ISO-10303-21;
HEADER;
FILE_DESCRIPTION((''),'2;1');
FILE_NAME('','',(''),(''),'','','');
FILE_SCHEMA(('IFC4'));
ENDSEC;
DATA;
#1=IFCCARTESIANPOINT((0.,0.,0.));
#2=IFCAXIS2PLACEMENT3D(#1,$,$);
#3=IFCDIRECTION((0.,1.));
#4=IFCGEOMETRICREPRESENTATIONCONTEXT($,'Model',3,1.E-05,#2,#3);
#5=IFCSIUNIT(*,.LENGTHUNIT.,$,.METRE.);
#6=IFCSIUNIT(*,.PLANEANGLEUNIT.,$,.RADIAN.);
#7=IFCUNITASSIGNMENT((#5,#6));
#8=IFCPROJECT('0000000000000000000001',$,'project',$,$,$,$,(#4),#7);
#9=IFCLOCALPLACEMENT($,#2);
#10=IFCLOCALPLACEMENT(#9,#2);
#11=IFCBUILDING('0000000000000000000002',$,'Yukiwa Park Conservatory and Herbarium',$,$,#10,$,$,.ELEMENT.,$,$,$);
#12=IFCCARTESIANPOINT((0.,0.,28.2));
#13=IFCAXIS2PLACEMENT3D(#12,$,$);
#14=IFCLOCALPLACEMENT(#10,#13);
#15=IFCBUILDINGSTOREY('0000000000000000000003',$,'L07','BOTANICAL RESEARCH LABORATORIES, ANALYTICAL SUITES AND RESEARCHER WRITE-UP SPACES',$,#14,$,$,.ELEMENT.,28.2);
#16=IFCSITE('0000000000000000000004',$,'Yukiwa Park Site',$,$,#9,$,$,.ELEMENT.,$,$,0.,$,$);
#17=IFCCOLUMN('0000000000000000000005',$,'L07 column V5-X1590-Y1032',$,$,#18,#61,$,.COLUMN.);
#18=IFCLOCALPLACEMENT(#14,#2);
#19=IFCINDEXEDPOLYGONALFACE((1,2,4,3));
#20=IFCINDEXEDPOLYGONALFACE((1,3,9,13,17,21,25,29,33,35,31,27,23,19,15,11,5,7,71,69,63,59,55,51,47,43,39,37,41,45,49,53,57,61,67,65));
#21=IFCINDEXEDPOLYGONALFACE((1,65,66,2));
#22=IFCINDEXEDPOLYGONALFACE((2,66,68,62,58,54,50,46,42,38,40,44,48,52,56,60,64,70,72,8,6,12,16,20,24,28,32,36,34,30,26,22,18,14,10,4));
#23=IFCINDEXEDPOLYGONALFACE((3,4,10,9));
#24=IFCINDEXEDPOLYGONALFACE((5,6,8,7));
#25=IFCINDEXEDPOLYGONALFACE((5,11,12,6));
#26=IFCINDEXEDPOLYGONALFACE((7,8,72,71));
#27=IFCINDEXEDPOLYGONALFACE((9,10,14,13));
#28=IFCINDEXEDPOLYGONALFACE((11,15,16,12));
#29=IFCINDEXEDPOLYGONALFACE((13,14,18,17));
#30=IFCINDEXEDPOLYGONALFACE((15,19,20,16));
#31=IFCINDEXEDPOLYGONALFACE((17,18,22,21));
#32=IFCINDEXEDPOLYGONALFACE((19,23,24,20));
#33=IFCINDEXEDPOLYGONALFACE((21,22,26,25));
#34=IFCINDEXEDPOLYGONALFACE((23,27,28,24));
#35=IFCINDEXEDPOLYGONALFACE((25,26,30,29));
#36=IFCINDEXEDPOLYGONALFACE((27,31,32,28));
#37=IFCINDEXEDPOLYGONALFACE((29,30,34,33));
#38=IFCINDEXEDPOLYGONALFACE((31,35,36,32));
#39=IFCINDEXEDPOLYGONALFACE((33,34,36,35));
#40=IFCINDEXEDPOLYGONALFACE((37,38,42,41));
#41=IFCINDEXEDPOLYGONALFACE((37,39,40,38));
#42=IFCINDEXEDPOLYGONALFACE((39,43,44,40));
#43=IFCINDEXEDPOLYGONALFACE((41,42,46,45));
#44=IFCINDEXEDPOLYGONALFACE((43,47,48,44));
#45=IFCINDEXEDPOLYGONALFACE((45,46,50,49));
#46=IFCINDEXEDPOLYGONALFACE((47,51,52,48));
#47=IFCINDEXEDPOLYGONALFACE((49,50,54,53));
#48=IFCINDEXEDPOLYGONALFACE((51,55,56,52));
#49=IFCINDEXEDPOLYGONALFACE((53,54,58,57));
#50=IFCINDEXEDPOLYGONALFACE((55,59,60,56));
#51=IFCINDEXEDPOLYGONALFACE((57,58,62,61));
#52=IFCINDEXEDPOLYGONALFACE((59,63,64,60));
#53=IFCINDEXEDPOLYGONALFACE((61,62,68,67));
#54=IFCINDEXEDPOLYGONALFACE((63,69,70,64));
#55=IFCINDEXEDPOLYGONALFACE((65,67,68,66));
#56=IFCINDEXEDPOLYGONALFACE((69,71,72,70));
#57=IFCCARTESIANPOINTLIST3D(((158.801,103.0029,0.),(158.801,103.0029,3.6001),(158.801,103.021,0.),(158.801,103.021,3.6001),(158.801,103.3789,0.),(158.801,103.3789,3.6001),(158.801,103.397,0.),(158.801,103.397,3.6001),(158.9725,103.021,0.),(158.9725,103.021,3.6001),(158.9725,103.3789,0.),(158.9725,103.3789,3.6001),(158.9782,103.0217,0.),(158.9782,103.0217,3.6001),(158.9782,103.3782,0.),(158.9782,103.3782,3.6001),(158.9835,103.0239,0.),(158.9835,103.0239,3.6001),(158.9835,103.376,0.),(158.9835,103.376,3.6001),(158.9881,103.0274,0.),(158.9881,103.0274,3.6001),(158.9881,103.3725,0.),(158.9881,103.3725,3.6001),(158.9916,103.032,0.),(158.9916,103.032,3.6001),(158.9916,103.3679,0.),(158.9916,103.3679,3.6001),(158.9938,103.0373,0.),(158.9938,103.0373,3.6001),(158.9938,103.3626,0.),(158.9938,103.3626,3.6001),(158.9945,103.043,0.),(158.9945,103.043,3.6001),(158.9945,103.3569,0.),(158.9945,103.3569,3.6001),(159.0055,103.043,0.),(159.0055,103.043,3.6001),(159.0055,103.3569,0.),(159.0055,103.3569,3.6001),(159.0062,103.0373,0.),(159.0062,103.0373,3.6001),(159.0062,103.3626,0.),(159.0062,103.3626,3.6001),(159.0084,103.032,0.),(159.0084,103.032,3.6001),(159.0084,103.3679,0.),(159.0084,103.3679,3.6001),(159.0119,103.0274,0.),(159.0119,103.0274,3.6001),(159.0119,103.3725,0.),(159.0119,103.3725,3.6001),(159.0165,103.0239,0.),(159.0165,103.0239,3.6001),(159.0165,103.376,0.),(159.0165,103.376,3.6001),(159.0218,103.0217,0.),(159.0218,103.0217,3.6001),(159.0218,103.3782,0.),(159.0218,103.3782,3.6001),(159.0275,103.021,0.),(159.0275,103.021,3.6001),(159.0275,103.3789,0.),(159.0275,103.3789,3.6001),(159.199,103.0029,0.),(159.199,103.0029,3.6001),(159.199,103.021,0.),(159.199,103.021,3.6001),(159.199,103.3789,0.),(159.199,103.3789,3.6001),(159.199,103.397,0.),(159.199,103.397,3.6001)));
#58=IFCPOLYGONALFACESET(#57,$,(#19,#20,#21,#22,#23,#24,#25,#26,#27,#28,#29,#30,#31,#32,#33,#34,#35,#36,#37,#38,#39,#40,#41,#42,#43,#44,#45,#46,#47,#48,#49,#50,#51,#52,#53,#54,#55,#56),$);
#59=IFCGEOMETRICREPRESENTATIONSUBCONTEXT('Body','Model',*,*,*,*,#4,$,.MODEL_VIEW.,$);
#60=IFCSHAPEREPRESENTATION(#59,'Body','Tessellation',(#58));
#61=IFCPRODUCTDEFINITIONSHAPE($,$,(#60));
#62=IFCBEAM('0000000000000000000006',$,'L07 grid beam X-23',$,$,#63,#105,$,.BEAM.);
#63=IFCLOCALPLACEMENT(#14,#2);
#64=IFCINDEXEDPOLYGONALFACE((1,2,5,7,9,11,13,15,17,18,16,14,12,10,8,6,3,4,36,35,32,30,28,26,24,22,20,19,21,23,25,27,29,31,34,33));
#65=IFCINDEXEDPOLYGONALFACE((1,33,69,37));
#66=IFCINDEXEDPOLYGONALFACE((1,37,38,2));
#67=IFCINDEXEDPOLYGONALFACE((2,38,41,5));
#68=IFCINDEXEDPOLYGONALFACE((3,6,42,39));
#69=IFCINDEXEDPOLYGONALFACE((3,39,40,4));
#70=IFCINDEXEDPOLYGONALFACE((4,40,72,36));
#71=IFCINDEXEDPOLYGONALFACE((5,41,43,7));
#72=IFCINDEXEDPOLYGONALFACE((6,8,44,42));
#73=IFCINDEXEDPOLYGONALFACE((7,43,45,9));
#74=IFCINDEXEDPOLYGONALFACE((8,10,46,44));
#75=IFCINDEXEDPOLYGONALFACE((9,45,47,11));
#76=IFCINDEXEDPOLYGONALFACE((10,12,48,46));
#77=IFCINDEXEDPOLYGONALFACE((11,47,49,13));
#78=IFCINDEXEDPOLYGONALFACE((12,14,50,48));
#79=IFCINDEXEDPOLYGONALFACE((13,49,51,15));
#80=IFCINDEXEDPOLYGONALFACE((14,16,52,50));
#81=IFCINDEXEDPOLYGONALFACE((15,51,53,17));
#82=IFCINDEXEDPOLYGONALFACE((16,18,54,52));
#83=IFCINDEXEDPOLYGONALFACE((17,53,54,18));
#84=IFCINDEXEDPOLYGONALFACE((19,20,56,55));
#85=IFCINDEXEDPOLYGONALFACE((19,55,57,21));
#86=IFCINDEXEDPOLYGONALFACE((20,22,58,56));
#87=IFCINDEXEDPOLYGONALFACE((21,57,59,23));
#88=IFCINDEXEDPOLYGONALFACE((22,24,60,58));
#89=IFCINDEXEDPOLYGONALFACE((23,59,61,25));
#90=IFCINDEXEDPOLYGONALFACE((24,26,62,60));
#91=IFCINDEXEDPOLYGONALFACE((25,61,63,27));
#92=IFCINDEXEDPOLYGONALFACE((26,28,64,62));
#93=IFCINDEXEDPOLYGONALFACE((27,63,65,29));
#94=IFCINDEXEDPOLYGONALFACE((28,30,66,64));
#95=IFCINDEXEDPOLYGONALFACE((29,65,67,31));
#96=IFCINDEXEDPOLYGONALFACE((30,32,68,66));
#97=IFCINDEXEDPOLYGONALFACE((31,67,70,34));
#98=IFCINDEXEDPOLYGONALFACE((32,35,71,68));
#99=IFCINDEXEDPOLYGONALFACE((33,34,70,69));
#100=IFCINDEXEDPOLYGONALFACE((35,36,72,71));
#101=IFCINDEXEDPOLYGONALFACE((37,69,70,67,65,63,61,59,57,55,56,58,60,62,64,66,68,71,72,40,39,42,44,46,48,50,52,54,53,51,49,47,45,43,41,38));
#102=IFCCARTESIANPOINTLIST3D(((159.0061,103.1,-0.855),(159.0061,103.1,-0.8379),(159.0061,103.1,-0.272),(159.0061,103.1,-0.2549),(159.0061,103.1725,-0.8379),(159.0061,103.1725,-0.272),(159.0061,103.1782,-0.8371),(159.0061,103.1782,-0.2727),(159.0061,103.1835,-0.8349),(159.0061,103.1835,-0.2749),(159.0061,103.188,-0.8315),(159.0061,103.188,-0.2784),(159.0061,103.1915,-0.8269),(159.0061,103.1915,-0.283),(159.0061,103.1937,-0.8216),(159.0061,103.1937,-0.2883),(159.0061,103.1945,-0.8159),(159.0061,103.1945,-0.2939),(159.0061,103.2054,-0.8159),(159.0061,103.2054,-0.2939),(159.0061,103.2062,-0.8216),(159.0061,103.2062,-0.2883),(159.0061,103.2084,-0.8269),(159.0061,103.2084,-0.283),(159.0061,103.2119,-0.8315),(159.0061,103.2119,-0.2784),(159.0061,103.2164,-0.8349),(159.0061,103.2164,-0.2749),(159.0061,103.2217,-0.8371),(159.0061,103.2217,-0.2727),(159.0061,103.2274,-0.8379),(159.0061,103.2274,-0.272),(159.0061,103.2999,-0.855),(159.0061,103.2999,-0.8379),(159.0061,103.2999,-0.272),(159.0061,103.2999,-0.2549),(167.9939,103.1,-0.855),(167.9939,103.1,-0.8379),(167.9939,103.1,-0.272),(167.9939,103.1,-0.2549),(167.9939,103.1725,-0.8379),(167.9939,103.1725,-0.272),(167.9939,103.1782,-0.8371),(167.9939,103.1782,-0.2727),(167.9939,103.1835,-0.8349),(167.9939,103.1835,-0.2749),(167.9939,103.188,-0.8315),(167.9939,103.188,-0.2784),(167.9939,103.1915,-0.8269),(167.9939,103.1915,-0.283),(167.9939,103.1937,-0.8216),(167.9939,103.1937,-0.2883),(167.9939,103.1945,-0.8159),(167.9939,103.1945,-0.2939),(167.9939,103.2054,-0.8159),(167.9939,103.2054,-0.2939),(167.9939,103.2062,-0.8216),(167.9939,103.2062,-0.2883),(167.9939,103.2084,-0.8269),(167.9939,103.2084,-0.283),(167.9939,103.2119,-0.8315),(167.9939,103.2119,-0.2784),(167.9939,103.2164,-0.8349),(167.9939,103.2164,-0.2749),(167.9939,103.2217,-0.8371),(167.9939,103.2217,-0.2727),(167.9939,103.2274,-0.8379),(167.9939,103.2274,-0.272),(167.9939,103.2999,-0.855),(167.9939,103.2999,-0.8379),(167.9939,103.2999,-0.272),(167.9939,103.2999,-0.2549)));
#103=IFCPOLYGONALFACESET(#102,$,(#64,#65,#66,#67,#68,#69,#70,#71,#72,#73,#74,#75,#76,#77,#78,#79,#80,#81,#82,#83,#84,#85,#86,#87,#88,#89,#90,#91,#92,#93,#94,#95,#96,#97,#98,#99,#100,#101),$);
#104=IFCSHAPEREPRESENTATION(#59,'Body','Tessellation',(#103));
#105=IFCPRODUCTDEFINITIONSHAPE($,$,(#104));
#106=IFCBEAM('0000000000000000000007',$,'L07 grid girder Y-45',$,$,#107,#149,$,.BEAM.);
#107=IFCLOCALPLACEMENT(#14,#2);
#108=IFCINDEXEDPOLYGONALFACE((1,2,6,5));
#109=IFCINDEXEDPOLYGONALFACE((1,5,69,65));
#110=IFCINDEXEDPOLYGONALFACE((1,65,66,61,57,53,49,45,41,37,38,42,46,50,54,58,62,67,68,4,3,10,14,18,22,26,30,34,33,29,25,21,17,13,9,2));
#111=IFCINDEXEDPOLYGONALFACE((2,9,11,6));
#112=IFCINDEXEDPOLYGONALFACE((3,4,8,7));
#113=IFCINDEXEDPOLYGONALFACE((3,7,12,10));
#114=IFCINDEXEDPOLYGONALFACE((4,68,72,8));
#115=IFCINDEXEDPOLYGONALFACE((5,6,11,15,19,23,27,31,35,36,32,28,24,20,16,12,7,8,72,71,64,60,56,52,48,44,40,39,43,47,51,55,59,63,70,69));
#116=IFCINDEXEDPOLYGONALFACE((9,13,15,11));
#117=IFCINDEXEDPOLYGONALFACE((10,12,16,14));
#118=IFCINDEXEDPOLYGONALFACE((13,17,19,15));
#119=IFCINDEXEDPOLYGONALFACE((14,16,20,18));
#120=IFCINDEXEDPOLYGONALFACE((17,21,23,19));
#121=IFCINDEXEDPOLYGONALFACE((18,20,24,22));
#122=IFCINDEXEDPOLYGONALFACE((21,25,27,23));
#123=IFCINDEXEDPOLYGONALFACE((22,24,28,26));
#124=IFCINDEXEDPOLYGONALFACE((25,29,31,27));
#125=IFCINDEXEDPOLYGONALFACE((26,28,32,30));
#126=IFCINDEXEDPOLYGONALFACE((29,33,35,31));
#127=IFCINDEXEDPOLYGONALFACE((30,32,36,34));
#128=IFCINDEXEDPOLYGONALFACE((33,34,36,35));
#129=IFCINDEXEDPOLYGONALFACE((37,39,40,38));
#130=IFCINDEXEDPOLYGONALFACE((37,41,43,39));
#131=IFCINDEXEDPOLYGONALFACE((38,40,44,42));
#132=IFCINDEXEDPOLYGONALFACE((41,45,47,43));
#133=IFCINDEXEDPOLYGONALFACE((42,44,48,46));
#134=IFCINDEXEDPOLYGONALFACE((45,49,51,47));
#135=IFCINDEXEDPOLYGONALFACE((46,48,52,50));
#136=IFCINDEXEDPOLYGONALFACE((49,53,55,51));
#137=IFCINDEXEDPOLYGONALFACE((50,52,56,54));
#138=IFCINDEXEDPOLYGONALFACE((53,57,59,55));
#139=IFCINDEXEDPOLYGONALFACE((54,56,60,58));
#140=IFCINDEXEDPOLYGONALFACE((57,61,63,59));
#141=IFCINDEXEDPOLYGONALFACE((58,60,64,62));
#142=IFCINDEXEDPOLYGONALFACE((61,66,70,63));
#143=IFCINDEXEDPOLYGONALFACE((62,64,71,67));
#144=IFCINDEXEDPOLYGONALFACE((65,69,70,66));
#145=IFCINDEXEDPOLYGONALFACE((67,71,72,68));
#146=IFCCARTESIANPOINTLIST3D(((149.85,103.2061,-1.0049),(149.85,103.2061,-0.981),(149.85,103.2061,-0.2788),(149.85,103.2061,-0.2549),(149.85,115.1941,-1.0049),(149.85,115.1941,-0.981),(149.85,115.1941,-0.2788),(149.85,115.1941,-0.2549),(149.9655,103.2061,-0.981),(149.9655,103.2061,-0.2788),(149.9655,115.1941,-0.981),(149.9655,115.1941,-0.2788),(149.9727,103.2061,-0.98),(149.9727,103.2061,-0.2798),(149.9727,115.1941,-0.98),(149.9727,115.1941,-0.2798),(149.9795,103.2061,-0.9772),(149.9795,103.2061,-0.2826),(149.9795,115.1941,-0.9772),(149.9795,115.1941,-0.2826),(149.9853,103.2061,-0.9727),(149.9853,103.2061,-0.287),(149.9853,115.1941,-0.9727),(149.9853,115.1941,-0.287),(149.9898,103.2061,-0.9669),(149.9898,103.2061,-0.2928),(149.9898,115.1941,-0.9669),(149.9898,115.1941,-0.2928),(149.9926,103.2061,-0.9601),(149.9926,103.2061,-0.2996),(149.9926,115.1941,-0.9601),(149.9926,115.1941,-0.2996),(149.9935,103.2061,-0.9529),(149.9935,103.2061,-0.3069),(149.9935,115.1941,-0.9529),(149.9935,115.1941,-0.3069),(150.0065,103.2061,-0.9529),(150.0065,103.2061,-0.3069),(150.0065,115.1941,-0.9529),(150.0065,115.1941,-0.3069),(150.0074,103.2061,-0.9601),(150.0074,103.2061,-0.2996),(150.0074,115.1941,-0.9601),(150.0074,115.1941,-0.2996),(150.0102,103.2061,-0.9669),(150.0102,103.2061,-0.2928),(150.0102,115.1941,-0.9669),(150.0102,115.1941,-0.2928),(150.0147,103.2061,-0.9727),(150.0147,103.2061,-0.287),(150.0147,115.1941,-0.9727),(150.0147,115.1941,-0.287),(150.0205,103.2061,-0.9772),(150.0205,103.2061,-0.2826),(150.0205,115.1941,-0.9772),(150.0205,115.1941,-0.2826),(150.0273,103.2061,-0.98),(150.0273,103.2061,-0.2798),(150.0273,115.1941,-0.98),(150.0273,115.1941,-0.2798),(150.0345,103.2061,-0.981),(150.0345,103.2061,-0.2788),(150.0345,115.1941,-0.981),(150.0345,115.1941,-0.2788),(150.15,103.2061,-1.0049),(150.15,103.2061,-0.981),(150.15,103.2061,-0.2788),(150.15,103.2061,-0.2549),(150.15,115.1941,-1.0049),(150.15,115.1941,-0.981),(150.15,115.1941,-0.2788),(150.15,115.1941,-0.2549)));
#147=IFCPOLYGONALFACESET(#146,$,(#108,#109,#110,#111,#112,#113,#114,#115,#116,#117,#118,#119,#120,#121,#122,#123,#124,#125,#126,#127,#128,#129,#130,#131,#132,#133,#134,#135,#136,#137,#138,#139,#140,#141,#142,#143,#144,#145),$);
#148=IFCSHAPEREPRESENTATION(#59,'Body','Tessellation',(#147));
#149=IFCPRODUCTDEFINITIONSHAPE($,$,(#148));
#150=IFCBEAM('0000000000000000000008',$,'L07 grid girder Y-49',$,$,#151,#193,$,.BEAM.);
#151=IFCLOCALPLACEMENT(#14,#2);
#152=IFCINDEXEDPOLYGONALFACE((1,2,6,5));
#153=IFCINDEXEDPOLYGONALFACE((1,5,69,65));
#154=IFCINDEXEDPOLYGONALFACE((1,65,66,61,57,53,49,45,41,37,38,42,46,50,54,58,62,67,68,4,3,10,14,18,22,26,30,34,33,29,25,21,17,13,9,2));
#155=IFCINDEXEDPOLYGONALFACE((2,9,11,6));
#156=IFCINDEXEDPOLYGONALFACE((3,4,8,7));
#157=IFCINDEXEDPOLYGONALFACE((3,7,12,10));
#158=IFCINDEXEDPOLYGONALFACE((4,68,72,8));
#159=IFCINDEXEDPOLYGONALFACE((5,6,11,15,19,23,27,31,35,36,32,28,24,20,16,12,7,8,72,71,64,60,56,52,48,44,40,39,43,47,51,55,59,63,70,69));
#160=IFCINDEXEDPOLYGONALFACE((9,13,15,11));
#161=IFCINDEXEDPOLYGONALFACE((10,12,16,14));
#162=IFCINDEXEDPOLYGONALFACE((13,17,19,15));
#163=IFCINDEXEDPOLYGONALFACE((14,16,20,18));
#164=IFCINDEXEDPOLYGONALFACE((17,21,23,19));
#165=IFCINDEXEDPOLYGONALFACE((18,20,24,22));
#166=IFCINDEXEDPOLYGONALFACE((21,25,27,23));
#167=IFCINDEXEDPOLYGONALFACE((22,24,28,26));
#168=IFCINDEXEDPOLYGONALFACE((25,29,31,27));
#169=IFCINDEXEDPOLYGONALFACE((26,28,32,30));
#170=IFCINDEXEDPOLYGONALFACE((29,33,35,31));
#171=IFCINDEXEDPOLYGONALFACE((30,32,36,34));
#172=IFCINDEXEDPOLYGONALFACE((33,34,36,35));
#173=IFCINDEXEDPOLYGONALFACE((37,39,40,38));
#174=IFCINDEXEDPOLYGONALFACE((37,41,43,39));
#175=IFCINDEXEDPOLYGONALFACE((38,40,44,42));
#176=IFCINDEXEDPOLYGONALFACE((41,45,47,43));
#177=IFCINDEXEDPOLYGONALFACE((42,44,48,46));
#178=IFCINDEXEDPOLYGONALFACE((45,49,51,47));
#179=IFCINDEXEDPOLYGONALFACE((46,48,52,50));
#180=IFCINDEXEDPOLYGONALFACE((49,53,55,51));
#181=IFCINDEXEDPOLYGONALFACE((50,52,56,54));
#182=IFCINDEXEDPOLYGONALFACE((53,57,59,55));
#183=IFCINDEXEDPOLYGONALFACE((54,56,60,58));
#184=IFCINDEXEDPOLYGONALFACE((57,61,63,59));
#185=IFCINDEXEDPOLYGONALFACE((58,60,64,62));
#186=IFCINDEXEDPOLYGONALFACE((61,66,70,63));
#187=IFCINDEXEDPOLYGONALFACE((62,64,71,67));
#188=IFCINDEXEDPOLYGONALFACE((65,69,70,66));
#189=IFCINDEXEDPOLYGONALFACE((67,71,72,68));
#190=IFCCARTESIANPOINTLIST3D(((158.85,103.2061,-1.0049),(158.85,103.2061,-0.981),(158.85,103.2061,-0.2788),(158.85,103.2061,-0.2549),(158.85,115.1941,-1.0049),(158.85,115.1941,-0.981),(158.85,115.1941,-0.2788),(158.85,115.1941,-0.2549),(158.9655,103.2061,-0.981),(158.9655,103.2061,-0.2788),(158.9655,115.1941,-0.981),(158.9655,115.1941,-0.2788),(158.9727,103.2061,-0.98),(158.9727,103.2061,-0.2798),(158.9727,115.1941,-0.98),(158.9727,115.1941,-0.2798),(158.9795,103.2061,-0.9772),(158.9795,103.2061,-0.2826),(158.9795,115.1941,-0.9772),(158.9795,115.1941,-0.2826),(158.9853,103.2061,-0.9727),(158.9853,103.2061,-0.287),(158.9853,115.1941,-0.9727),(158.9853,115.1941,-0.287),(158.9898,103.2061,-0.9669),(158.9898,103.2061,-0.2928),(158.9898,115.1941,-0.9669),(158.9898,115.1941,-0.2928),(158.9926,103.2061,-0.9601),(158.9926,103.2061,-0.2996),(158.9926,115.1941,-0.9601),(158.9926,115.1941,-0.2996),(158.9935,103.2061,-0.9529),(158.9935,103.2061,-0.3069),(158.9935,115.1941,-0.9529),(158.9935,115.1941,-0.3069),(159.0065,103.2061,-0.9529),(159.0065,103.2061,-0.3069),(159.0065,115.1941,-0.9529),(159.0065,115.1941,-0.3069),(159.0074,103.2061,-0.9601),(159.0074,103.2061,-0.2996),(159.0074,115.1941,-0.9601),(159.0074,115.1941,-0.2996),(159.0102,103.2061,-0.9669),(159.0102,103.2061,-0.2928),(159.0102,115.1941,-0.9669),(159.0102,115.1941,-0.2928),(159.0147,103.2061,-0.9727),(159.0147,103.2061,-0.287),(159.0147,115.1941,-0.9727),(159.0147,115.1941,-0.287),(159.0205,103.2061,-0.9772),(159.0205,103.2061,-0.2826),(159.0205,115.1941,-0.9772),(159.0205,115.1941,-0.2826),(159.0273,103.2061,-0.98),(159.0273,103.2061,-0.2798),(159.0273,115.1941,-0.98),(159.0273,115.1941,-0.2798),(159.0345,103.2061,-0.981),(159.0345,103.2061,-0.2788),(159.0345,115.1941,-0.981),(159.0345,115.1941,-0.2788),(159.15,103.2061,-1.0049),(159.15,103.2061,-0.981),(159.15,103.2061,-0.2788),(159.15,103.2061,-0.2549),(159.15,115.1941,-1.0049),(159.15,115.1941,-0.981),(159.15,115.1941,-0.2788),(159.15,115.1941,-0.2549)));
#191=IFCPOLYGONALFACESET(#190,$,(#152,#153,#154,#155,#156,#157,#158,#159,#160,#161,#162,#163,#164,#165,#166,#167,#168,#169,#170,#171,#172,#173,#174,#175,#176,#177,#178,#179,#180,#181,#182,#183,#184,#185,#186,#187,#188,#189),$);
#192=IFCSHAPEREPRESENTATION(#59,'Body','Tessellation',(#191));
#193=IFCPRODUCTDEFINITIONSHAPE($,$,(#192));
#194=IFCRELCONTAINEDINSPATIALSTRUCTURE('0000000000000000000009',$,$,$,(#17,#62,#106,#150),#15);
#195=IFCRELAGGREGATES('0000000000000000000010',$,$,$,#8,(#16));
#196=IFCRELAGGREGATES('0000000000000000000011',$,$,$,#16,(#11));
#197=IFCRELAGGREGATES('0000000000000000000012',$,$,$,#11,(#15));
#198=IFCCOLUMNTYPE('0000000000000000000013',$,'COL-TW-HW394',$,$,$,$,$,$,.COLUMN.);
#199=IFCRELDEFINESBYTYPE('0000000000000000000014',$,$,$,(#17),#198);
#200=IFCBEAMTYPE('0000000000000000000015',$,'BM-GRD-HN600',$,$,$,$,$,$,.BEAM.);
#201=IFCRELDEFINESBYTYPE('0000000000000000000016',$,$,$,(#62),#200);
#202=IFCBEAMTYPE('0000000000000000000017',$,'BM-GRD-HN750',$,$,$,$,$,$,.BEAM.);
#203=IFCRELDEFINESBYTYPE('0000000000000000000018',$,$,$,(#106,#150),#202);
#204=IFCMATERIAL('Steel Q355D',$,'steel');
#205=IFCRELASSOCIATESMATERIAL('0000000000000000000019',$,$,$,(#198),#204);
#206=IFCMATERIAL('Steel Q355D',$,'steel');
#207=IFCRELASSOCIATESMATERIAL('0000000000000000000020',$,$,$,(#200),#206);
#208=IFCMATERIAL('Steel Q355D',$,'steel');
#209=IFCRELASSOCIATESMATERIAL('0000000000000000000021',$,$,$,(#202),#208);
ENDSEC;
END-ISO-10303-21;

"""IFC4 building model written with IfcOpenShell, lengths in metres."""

from ifc_helpers import new_model, si_unit, direction, frame, origin, origin_2d, place, context, subcontext, project, spatial, i_section, extrude, material, material_profile, profile_set, type_object, element, save


model = new_model("IFC4")

# Units and contexts
model_context = context("Model", 3, precision=1e-05, world=origin(), true_north=direction((0.0, 1.0)))
body_context = subcontext(model_context, "Body", "Model", "MODEL_VIEW")
ifc_project = project(units=[si_unit("LENGTHUNIT", "METRE"), si_unit("PLANEANGLEUNIT", "RADIAN")], contexts=[model_context])

# Site, building, storey
site_placement = place(None, origin())
site = spatial("IfcSite", under=ifc_project, at=site_placement, Name="Yukiwa Park Site", CompositionType="ELEMENT", RefElevation=0.0)
building_placement = place(site_placement, origin())
building = spatial("IfcBuilding", under=site, at=building_placement, Name="Yukiwa Park Conservatory and Herbarium", CompositionType="ELEMENT")
storey_placement = place(building_placement, frame((0.0, 0.0, 28.2)))
storey = spatial("IfcBuildingStorey", under=building, at=storey_placement, Name="L07", Description="BOTANICAL RESEARCH LABORATORIES, ANALYTICAL SUITES AND RESEARCHER WRITE-UP SPACES", CompositionType="ELEMENT", Elevation=28.2)

# Column
ifc_material_1 = material(Name="Steel Q355D", Category="steel")
ifc_material_profile_1 = material_profile(ifc_material_1, i_section(OverallWidth=0.3979, OverallDepth=0.394, WebThickness=0.011, FlangeThickness=0.0181, FilletRadius=0.022, at=origin_2d()), Name="HW 394x398x11x18")
ifc_profile_set_1 = profile_set([ifc_material_profile_1], Name="Steel Q355D")
column_type_1 = type_object("IfcColumnType", Name="COL-TW-HW394", PredefinedType="COLUMN", material=ifc_profile_set_1)
for number, where, z_axis, x_axis, name in (
    (1, (159.0, 103.2, 0.0), (0.0, 0.0, 1.0), (1.0, 0.0, 0.0), "L07 column V5-X1590-Y1032"),
):
    element("IfcColumn", number, at=place(storey_placement, frame(where, z_axis=z_axis, x_axis=x_axis)), inside=storey, type_object=column_type_1, Name=name, PredefinedType="COLUMN", context=body_context, shape_type="SweptSolid", body=[
        extrude(i_section(OverallWidth=0.3979, OverallDepth=0.394, WebThickness=0.011, FlangeThickness=0.0181, FilletRadius=0.022, at=origin_2d()), origin(), (0.0, 0.0, 1.0), 3.6001),
    ])

# Beams
ifc_material_2 = material(Name="Steel Q355D", Category="steel")
ifc_material_profile_2 = material_profile(ifc_material_2, i_section(OverallWidth=0.2, OverallDepth=0.6001, WebThickness=0.011, FlangeThickness=0.0171, FilletRadius=0.022, at=origin_2d()), Name="HN 600x200x11x17")
ifc_profile_set_2 = profile_set([ifc_material_profile_2], Name="Steel Q355D")
beam_type_1 = type_object("IfcBeamType", Name="BM-GRD-HN600", PredefinedType="BEAM", material=ifc_profile_set_2)
beam_placement = place(storey_placement, frame((159.0061, 103.2, -0.5549), z_axis=(1.0, 0.0, 0.0), x_axis=(0.0, 1.0, 0.0)))
element("IfcBeam", 2, at=beam_placement, inside=storey, type_object=beam_type_1, Name="L07 grid beam X-23", PredefinedType="BEAM", context=body_context, shape_type="SweptSolid", body=[
    extrude(i_section(OverallWidth=0.2, OverallDepth=0.6001, WebThickness=0.011, FlangeThickness=0.0171, FilletRadius=0.022, at=origin_2d()), origin(), (0.0, 0.0, 1.0), 8.9878),
])
ifc_material_3 = material(Name="Steel Q355D", Category="steel")
ifc_material_profile_3 = material_profile(ifc_material_3, i_section(OverallWidth=0.3, OverallDepth=0.75, WebThickness=0.0129, FlangeThickness=0.0239, FilletRadius=0.0281, at=origin_2d()), Name="HN 750x300x13x24")
ifc_profile_set_3 = profile_set([ifc_material_profile_3], Name="Steel Q355D")
beam_type_2 = type_object("IfcBeamType", Name="BM-GRD-HN750", PredefinedType="BEAM", material=ifc_profile_set_3)
for number, where, z_axis, x_axis, name in (
    (3, (150.0, 103.2061, -0.6299), (0.0, 1.0, 0.0), (-1.0, 0.0, 0.0), "L07 grid girder Y-45"),
    (4, (159.0, 103.2061, -0.6299), (0.0, 1.0, 0.0), (-1.0, 0.0, 0.0), "L07 grid girder Y-49"),
):
    element("IfcBeam", number, at=place(storey_placement, frame(where, z_axis=z_axis, x_axis=x_axis)), inside=storey, type_object=beam_type_2, Name=name, PredefinedType="BEAM", context=body_context, shape_type="SweptSolid", body=[
        extrude(i_section(OverallWidth=0.3, OverallDepth=0.75, WebThickness=0.0129, FlangeThickness=0.0239, FilletRadius=0.0281, at=origin_2d()), origin(), (0.0, 0.0, 1.0), 11.988),
    ])

save(model, "model.ifc")
